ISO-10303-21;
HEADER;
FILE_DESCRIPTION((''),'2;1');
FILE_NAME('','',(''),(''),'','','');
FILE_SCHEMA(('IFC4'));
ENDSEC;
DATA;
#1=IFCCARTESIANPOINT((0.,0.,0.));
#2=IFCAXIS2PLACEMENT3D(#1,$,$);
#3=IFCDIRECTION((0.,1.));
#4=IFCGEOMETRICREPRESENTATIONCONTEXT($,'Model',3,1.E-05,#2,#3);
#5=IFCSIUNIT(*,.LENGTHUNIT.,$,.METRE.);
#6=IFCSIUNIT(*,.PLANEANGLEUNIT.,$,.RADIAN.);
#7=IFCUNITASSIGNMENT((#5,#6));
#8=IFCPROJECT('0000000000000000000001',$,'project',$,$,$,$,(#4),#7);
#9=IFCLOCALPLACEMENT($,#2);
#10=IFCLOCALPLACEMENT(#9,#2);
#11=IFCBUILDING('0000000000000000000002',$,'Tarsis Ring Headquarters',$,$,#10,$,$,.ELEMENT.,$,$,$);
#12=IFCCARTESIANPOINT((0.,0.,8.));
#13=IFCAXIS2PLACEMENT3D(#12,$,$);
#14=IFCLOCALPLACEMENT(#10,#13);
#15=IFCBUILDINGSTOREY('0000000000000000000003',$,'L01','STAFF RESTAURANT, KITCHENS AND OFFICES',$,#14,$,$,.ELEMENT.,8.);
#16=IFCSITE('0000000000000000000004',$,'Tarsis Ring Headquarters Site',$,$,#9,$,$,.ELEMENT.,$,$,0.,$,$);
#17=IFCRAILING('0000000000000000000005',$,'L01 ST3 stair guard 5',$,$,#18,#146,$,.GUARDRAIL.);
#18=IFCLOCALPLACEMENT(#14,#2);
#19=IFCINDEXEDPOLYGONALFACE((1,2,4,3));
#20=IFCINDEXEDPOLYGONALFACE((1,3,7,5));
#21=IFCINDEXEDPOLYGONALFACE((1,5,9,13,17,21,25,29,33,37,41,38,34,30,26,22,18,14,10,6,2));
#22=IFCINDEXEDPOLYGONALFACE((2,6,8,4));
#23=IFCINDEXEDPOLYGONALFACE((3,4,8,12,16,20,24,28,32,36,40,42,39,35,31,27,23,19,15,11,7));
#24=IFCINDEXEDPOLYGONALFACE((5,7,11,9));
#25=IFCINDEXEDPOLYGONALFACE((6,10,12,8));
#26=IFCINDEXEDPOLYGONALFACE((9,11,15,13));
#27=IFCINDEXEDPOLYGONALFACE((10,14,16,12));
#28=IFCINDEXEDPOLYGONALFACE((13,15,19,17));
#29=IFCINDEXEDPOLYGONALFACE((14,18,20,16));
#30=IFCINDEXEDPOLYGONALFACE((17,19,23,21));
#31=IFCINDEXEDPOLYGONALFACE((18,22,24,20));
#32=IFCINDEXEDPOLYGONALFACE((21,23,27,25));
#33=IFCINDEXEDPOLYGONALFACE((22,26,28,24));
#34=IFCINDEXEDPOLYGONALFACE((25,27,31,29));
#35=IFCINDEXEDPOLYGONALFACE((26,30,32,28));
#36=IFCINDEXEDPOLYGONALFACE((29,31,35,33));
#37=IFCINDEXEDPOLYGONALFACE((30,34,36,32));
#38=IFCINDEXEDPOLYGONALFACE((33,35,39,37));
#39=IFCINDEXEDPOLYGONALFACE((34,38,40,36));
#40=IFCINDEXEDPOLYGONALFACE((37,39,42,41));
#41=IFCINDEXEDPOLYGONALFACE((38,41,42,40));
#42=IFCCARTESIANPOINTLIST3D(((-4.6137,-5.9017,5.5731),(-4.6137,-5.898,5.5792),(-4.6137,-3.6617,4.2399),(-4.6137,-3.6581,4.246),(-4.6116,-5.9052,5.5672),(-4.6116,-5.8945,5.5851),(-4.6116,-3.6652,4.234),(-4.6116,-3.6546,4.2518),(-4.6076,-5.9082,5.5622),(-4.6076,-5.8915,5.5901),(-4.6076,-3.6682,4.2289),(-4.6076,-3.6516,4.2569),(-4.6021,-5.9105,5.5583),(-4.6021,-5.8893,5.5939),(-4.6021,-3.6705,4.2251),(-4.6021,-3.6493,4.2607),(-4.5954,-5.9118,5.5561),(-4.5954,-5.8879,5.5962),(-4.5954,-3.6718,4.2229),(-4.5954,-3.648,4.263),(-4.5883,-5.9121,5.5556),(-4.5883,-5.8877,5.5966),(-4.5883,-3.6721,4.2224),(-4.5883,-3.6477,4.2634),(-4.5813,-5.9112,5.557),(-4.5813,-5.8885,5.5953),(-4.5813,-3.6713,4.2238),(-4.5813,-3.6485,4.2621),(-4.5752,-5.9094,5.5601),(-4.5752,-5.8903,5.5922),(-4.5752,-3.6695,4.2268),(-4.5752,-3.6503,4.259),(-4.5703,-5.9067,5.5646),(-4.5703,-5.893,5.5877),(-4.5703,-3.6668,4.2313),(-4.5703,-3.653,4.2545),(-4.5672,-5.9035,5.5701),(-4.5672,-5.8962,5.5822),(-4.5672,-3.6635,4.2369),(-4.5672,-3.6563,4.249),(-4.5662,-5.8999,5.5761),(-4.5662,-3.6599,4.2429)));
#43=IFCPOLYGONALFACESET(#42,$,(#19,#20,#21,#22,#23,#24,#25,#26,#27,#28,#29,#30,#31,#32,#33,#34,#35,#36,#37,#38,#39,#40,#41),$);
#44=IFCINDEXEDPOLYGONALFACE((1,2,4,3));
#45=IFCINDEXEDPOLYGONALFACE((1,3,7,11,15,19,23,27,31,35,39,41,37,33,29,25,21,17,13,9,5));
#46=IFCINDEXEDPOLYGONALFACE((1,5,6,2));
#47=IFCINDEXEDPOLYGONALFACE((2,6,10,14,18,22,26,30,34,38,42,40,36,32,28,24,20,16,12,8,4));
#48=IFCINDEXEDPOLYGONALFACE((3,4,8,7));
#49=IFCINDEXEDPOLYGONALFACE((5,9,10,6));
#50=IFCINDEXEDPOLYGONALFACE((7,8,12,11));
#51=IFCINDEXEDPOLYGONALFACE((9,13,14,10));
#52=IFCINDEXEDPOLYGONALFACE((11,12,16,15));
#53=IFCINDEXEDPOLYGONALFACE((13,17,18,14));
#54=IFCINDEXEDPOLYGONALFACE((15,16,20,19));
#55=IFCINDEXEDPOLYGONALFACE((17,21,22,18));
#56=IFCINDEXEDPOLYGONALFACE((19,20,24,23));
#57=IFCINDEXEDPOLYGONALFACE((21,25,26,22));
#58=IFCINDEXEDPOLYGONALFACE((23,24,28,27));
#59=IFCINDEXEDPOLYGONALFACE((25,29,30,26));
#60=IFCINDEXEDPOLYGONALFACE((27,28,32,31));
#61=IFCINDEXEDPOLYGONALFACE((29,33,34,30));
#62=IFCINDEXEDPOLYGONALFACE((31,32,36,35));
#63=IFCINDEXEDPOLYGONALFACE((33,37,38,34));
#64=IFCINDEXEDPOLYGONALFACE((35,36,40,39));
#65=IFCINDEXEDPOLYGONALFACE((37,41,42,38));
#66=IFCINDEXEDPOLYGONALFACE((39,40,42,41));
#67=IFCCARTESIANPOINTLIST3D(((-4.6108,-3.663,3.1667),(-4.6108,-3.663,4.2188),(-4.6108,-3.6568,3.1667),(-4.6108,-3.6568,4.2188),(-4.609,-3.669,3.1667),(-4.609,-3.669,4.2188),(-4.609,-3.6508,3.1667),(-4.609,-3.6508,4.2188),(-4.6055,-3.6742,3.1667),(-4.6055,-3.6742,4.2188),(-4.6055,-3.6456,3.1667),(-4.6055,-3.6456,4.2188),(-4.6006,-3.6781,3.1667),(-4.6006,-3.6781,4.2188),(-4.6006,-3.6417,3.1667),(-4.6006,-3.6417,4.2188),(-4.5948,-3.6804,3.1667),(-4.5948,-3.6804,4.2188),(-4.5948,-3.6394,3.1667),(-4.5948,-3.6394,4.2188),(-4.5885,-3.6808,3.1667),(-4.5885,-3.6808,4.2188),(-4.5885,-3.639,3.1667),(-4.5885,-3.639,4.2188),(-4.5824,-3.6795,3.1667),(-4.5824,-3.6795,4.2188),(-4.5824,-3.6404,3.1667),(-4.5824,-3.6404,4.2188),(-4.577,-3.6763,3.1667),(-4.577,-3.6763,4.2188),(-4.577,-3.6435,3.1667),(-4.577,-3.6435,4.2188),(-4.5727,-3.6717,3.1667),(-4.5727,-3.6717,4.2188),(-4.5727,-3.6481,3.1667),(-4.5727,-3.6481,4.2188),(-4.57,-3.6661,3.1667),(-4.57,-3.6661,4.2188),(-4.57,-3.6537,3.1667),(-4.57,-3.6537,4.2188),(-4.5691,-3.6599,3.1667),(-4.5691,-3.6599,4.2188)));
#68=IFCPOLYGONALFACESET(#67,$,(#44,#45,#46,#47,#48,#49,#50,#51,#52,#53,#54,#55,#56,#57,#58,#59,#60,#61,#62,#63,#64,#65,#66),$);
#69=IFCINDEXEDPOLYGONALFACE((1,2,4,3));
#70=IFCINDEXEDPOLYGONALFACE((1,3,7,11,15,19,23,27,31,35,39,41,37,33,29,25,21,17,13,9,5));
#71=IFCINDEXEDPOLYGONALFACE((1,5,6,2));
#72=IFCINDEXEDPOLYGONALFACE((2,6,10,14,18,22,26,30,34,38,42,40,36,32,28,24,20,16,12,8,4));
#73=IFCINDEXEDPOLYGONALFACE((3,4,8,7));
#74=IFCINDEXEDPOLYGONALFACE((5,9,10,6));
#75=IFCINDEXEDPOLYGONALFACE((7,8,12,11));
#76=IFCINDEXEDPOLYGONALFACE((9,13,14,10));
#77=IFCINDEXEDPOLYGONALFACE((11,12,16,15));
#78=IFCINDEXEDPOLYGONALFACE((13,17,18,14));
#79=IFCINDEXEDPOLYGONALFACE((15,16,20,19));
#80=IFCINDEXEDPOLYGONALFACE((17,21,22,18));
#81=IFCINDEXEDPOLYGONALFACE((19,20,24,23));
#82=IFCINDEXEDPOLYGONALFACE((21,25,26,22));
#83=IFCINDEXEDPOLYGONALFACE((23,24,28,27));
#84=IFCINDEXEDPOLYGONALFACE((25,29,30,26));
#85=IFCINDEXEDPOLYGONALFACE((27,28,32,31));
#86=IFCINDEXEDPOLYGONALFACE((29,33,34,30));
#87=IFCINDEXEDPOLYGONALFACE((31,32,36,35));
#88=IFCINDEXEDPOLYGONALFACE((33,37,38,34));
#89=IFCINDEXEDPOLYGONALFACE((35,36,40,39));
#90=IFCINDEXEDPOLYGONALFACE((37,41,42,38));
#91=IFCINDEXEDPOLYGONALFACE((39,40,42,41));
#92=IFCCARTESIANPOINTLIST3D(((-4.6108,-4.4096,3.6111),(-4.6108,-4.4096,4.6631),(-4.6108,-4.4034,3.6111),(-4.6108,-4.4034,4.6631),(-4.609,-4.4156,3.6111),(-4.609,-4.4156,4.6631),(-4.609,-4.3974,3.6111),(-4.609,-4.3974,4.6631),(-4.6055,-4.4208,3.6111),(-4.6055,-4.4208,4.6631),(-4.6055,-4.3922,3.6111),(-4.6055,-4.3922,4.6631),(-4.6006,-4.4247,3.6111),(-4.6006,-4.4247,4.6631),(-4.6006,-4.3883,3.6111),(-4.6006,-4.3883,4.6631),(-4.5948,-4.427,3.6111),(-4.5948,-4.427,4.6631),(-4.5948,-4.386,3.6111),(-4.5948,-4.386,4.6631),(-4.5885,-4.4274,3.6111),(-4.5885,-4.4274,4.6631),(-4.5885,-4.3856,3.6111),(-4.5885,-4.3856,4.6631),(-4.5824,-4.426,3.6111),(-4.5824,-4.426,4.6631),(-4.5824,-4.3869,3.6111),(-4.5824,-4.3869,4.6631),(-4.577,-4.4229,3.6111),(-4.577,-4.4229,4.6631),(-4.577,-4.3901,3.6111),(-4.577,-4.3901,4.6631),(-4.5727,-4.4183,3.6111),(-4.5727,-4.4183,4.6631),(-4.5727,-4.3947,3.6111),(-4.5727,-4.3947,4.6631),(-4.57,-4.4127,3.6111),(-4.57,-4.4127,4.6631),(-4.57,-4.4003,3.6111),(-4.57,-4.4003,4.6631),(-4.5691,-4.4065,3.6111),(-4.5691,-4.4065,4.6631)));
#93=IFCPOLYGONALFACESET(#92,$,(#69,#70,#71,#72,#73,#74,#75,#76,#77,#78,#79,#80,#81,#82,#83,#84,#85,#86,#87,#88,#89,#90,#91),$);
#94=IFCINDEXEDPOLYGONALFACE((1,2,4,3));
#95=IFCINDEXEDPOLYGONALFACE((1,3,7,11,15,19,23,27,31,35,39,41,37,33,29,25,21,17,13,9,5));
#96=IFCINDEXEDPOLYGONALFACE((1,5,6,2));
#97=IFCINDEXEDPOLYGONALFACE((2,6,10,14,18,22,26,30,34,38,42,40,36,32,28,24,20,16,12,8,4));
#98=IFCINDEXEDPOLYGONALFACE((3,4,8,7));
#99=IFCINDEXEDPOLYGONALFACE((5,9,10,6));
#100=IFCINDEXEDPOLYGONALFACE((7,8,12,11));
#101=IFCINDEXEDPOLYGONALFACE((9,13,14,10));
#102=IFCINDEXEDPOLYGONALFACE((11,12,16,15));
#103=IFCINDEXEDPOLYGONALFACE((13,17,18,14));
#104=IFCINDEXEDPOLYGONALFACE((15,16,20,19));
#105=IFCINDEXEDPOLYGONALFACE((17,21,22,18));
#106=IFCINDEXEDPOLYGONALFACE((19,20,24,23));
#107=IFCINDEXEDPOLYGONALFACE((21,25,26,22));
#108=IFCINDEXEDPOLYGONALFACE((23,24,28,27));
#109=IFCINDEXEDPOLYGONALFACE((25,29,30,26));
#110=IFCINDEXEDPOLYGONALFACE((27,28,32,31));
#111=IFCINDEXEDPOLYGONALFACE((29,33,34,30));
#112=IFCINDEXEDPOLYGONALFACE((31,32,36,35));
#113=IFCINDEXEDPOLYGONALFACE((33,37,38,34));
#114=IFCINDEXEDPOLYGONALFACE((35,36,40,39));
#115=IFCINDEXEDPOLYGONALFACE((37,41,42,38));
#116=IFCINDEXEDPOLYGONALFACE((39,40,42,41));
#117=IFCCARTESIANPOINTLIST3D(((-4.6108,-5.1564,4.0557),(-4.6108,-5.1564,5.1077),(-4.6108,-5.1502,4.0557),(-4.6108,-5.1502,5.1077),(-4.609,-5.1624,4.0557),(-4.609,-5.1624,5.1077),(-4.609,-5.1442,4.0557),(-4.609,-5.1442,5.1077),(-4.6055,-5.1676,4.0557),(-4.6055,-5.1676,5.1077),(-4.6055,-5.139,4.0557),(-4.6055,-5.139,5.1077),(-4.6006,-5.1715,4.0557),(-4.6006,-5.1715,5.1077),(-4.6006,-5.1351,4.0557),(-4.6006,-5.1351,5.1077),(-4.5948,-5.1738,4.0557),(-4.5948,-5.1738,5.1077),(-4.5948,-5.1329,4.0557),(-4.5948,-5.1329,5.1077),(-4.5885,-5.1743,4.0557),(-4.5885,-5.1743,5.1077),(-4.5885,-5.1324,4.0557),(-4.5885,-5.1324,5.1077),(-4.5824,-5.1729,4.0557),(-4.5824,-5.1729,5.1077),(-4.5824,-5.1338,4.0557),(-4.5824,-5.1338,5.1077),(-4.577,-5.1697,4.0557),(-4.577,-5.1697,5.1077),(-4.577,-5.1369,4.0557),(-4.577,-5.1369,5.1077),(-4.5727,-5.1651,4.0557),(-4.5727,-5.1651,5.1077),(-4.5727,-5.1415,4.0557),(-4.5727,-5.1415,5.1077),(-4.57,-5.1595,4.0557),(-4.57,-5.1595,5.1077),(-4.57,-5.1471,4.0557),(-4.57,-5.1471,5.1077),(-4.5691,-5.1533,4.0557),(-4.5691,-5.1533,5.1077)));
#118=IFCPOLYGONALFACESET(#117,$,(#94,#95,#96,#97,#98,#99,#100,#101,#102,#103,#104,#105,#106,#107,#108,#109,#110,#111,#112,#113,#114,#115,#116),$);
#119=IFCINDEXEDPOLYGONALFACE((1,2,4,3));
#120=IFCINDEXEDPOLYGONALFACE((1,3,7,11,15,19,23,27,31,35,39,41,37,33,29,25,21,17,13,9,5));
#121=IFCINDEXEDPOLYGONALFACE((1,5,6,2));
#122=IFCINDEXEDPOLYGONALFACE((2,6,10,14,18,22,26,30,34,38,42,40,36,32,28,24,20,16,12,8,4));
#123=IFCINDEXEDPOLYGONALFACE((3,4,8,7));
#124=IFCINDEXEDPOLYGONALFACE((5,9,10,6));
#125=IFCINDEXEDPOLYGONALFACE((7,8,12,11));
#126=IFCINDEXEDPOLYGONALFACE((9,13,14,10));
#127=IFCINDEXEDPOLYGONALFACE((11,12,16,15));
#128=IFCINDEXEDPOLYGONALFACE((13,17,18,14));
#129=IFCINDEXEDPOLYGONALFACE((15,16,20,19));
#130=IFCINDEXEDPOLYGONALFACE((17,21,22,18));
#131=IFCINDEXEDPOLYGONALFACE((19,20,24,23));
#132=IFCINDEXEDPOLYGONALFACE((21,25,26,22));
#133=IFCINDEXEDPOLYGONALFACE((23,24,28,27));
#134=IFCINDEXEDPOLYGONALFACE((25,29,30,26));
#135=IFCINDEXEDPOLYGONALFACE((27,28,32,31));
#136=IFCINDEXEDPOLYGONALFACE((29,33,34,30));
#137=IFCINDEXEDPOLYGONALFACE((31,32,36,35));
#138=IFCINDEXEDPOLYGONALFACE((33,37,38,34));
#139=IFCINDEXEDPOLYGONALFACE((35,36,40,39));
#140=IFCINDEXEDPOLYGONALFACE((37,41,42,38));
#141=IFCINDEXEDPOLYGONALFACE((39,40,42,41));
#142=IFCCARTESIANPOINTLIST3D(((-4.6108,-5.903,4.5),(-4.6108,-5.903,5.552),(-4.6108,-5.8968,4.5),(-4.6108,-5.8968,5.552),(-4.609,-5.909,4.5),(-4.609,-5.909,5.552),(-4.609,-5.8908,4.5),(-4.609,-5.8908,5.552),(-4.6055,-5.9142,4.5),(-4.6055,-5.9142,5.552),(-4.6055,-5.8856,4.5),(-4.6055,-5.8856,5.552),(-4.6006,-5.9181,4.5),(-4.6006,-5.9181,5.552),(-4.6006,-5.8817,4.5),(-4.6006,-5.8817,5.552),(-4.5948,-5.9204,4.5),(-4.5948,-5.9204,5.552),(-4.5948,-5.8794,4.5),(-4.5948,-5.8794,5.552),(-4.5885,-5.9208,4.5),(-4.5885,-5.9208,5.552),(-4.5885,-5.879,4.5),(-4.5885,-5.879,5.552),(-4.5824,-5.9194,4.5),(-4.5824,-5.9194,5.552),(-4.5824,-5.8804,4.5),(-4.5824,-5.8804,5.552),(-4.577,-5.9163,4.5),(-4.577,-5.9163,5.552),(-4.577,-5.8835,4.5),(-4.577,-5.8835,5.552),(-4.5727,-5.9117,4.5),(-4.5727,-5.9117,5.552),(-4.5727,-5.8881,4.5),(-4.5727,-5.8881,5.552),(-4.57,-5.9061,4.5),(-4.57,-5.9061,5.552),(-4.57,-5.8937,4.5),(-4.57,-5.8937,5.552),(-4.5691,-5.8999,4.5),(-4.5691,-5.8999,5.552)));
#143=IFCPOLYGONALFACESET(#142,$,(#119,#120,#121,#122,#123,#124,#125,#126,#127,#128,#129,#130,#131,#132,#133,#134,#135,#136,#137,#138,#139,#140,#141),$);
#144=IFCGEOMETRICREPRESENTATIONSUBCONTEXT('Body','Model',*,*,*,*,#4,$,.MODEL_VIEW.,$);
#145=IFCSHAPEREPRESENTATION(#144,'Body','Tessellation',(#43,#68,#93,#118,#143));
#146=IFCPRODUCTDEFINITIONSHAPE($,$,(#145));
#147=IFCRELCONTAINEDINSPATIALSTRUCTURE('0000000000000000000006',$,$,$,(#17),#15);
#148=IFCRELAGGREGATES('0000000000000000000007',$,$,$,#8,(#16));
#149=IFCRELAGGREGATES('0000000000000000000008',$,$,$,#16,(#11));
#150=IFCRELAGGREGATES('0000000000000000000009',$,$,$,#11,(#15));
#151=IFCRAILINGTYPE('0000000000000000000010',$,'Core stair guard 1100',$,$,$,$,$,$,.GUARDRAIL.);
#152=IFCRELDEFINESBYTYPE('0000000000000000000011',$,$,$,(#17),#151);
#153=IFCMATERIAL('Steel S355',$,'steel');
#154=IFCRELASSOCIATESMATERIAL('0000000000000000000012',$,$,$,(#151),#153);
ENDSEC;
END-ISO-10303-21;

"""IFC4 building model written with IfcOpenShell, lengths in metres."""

from ifc_helpers import new_model, si_unit, direction, frame, origin, origin_2d, place, context, subcontext, project, spatial, circle, extrude, material, type_object, element, save


model = new_model("IFC4")

# Units and contexts
model_context = context("Model", 3, precision=1e-05, world=origin(), true_north=direction((0.0, 1.0)))
body_context = subcontext(model_context, "Body", "Model", "MODEL_VIEW")
ifc_project = project(units=[si_unit("LENGTHUNIT", "METRE"), si_unit("PLANEANGLEUNIT", "RADIAN")], contexts=[model_context])

# Site, building, storey
site_placement = place(None, origin())
site = spatial("IfcSite", under=ifc_project, at=site_placement, Name="Tarsis Ring Headquarters Site", CompositionType="ELEMENT", RefElevation=0.0)
building_placement = place(site_placement, origin())
building = spatial("IfcBuilding", under=site, at=building_placement, Name="Tarsis Ring Headquarters", CompositionType="ELEMENT")
storey_placement = place(building_placement, frame((0.0, 0.0, 8.0)))
storey = spatial("IfcBuildingStorey", under=building, at=storey_placement, Name="L01", Description="STAFF RESTAURANT, KITCHENS AND OFFICES", CompositionType="ELEMENT", Elevation=8.0)

# Shared definitions
ifc_material_1 = material(Name="Steel S355", Category="steel")

# Railing
railing_type_1 = type_object("IfcRailingType", Name="Core stair guard 1100", PredefinedType="GUARDRAIL", material=ifc_material_1)
railing_1_placement = place(storey_placement, frame((-4.5901, -3.6599, 3.1667)))
element("IfcRailing", 1, at=railing_1_placement, inside=storey, type_object=railing_type_1, Name="L01 ST3 stair guard 5", PredefinedType="GUARDRAIL", context=body_context, shape_type="SweptSolid", body=[
    extrude(circle(Radius=0.0239, at=origin_2d()), frame((0.0, 0.0, 1.0762), z_axis=(0.0, -0.859306, 0.511462), x_axis=(1.0, 0.0, 0.0)), (0.0, 0.0, 1.0), 2.6067),
    extrude(circle(Radius=0.021, at=origin_2d()), origin(), (0.0, 0.0, 1.0), 1.052),
    extrude(circle(Radius=0.021, at=origin_2d()), frame((0.0, -0.7466, 0.4443)), (0.0, 0.0, 1.0), 1.052),
    extrude(circle(Radius=0.021, at=origin_2d()), frame((0.0, -1.4934, 0.8889)), (0.0, 0.0, 1.0), 1.052),
    extrude(circle(Radius=0.021, at=origin_2d()), frame((0.0, -2.24, 1.3333)), (0.0, 0.0, 1.0), 1.052),
])

save(model, "model.ifc")
